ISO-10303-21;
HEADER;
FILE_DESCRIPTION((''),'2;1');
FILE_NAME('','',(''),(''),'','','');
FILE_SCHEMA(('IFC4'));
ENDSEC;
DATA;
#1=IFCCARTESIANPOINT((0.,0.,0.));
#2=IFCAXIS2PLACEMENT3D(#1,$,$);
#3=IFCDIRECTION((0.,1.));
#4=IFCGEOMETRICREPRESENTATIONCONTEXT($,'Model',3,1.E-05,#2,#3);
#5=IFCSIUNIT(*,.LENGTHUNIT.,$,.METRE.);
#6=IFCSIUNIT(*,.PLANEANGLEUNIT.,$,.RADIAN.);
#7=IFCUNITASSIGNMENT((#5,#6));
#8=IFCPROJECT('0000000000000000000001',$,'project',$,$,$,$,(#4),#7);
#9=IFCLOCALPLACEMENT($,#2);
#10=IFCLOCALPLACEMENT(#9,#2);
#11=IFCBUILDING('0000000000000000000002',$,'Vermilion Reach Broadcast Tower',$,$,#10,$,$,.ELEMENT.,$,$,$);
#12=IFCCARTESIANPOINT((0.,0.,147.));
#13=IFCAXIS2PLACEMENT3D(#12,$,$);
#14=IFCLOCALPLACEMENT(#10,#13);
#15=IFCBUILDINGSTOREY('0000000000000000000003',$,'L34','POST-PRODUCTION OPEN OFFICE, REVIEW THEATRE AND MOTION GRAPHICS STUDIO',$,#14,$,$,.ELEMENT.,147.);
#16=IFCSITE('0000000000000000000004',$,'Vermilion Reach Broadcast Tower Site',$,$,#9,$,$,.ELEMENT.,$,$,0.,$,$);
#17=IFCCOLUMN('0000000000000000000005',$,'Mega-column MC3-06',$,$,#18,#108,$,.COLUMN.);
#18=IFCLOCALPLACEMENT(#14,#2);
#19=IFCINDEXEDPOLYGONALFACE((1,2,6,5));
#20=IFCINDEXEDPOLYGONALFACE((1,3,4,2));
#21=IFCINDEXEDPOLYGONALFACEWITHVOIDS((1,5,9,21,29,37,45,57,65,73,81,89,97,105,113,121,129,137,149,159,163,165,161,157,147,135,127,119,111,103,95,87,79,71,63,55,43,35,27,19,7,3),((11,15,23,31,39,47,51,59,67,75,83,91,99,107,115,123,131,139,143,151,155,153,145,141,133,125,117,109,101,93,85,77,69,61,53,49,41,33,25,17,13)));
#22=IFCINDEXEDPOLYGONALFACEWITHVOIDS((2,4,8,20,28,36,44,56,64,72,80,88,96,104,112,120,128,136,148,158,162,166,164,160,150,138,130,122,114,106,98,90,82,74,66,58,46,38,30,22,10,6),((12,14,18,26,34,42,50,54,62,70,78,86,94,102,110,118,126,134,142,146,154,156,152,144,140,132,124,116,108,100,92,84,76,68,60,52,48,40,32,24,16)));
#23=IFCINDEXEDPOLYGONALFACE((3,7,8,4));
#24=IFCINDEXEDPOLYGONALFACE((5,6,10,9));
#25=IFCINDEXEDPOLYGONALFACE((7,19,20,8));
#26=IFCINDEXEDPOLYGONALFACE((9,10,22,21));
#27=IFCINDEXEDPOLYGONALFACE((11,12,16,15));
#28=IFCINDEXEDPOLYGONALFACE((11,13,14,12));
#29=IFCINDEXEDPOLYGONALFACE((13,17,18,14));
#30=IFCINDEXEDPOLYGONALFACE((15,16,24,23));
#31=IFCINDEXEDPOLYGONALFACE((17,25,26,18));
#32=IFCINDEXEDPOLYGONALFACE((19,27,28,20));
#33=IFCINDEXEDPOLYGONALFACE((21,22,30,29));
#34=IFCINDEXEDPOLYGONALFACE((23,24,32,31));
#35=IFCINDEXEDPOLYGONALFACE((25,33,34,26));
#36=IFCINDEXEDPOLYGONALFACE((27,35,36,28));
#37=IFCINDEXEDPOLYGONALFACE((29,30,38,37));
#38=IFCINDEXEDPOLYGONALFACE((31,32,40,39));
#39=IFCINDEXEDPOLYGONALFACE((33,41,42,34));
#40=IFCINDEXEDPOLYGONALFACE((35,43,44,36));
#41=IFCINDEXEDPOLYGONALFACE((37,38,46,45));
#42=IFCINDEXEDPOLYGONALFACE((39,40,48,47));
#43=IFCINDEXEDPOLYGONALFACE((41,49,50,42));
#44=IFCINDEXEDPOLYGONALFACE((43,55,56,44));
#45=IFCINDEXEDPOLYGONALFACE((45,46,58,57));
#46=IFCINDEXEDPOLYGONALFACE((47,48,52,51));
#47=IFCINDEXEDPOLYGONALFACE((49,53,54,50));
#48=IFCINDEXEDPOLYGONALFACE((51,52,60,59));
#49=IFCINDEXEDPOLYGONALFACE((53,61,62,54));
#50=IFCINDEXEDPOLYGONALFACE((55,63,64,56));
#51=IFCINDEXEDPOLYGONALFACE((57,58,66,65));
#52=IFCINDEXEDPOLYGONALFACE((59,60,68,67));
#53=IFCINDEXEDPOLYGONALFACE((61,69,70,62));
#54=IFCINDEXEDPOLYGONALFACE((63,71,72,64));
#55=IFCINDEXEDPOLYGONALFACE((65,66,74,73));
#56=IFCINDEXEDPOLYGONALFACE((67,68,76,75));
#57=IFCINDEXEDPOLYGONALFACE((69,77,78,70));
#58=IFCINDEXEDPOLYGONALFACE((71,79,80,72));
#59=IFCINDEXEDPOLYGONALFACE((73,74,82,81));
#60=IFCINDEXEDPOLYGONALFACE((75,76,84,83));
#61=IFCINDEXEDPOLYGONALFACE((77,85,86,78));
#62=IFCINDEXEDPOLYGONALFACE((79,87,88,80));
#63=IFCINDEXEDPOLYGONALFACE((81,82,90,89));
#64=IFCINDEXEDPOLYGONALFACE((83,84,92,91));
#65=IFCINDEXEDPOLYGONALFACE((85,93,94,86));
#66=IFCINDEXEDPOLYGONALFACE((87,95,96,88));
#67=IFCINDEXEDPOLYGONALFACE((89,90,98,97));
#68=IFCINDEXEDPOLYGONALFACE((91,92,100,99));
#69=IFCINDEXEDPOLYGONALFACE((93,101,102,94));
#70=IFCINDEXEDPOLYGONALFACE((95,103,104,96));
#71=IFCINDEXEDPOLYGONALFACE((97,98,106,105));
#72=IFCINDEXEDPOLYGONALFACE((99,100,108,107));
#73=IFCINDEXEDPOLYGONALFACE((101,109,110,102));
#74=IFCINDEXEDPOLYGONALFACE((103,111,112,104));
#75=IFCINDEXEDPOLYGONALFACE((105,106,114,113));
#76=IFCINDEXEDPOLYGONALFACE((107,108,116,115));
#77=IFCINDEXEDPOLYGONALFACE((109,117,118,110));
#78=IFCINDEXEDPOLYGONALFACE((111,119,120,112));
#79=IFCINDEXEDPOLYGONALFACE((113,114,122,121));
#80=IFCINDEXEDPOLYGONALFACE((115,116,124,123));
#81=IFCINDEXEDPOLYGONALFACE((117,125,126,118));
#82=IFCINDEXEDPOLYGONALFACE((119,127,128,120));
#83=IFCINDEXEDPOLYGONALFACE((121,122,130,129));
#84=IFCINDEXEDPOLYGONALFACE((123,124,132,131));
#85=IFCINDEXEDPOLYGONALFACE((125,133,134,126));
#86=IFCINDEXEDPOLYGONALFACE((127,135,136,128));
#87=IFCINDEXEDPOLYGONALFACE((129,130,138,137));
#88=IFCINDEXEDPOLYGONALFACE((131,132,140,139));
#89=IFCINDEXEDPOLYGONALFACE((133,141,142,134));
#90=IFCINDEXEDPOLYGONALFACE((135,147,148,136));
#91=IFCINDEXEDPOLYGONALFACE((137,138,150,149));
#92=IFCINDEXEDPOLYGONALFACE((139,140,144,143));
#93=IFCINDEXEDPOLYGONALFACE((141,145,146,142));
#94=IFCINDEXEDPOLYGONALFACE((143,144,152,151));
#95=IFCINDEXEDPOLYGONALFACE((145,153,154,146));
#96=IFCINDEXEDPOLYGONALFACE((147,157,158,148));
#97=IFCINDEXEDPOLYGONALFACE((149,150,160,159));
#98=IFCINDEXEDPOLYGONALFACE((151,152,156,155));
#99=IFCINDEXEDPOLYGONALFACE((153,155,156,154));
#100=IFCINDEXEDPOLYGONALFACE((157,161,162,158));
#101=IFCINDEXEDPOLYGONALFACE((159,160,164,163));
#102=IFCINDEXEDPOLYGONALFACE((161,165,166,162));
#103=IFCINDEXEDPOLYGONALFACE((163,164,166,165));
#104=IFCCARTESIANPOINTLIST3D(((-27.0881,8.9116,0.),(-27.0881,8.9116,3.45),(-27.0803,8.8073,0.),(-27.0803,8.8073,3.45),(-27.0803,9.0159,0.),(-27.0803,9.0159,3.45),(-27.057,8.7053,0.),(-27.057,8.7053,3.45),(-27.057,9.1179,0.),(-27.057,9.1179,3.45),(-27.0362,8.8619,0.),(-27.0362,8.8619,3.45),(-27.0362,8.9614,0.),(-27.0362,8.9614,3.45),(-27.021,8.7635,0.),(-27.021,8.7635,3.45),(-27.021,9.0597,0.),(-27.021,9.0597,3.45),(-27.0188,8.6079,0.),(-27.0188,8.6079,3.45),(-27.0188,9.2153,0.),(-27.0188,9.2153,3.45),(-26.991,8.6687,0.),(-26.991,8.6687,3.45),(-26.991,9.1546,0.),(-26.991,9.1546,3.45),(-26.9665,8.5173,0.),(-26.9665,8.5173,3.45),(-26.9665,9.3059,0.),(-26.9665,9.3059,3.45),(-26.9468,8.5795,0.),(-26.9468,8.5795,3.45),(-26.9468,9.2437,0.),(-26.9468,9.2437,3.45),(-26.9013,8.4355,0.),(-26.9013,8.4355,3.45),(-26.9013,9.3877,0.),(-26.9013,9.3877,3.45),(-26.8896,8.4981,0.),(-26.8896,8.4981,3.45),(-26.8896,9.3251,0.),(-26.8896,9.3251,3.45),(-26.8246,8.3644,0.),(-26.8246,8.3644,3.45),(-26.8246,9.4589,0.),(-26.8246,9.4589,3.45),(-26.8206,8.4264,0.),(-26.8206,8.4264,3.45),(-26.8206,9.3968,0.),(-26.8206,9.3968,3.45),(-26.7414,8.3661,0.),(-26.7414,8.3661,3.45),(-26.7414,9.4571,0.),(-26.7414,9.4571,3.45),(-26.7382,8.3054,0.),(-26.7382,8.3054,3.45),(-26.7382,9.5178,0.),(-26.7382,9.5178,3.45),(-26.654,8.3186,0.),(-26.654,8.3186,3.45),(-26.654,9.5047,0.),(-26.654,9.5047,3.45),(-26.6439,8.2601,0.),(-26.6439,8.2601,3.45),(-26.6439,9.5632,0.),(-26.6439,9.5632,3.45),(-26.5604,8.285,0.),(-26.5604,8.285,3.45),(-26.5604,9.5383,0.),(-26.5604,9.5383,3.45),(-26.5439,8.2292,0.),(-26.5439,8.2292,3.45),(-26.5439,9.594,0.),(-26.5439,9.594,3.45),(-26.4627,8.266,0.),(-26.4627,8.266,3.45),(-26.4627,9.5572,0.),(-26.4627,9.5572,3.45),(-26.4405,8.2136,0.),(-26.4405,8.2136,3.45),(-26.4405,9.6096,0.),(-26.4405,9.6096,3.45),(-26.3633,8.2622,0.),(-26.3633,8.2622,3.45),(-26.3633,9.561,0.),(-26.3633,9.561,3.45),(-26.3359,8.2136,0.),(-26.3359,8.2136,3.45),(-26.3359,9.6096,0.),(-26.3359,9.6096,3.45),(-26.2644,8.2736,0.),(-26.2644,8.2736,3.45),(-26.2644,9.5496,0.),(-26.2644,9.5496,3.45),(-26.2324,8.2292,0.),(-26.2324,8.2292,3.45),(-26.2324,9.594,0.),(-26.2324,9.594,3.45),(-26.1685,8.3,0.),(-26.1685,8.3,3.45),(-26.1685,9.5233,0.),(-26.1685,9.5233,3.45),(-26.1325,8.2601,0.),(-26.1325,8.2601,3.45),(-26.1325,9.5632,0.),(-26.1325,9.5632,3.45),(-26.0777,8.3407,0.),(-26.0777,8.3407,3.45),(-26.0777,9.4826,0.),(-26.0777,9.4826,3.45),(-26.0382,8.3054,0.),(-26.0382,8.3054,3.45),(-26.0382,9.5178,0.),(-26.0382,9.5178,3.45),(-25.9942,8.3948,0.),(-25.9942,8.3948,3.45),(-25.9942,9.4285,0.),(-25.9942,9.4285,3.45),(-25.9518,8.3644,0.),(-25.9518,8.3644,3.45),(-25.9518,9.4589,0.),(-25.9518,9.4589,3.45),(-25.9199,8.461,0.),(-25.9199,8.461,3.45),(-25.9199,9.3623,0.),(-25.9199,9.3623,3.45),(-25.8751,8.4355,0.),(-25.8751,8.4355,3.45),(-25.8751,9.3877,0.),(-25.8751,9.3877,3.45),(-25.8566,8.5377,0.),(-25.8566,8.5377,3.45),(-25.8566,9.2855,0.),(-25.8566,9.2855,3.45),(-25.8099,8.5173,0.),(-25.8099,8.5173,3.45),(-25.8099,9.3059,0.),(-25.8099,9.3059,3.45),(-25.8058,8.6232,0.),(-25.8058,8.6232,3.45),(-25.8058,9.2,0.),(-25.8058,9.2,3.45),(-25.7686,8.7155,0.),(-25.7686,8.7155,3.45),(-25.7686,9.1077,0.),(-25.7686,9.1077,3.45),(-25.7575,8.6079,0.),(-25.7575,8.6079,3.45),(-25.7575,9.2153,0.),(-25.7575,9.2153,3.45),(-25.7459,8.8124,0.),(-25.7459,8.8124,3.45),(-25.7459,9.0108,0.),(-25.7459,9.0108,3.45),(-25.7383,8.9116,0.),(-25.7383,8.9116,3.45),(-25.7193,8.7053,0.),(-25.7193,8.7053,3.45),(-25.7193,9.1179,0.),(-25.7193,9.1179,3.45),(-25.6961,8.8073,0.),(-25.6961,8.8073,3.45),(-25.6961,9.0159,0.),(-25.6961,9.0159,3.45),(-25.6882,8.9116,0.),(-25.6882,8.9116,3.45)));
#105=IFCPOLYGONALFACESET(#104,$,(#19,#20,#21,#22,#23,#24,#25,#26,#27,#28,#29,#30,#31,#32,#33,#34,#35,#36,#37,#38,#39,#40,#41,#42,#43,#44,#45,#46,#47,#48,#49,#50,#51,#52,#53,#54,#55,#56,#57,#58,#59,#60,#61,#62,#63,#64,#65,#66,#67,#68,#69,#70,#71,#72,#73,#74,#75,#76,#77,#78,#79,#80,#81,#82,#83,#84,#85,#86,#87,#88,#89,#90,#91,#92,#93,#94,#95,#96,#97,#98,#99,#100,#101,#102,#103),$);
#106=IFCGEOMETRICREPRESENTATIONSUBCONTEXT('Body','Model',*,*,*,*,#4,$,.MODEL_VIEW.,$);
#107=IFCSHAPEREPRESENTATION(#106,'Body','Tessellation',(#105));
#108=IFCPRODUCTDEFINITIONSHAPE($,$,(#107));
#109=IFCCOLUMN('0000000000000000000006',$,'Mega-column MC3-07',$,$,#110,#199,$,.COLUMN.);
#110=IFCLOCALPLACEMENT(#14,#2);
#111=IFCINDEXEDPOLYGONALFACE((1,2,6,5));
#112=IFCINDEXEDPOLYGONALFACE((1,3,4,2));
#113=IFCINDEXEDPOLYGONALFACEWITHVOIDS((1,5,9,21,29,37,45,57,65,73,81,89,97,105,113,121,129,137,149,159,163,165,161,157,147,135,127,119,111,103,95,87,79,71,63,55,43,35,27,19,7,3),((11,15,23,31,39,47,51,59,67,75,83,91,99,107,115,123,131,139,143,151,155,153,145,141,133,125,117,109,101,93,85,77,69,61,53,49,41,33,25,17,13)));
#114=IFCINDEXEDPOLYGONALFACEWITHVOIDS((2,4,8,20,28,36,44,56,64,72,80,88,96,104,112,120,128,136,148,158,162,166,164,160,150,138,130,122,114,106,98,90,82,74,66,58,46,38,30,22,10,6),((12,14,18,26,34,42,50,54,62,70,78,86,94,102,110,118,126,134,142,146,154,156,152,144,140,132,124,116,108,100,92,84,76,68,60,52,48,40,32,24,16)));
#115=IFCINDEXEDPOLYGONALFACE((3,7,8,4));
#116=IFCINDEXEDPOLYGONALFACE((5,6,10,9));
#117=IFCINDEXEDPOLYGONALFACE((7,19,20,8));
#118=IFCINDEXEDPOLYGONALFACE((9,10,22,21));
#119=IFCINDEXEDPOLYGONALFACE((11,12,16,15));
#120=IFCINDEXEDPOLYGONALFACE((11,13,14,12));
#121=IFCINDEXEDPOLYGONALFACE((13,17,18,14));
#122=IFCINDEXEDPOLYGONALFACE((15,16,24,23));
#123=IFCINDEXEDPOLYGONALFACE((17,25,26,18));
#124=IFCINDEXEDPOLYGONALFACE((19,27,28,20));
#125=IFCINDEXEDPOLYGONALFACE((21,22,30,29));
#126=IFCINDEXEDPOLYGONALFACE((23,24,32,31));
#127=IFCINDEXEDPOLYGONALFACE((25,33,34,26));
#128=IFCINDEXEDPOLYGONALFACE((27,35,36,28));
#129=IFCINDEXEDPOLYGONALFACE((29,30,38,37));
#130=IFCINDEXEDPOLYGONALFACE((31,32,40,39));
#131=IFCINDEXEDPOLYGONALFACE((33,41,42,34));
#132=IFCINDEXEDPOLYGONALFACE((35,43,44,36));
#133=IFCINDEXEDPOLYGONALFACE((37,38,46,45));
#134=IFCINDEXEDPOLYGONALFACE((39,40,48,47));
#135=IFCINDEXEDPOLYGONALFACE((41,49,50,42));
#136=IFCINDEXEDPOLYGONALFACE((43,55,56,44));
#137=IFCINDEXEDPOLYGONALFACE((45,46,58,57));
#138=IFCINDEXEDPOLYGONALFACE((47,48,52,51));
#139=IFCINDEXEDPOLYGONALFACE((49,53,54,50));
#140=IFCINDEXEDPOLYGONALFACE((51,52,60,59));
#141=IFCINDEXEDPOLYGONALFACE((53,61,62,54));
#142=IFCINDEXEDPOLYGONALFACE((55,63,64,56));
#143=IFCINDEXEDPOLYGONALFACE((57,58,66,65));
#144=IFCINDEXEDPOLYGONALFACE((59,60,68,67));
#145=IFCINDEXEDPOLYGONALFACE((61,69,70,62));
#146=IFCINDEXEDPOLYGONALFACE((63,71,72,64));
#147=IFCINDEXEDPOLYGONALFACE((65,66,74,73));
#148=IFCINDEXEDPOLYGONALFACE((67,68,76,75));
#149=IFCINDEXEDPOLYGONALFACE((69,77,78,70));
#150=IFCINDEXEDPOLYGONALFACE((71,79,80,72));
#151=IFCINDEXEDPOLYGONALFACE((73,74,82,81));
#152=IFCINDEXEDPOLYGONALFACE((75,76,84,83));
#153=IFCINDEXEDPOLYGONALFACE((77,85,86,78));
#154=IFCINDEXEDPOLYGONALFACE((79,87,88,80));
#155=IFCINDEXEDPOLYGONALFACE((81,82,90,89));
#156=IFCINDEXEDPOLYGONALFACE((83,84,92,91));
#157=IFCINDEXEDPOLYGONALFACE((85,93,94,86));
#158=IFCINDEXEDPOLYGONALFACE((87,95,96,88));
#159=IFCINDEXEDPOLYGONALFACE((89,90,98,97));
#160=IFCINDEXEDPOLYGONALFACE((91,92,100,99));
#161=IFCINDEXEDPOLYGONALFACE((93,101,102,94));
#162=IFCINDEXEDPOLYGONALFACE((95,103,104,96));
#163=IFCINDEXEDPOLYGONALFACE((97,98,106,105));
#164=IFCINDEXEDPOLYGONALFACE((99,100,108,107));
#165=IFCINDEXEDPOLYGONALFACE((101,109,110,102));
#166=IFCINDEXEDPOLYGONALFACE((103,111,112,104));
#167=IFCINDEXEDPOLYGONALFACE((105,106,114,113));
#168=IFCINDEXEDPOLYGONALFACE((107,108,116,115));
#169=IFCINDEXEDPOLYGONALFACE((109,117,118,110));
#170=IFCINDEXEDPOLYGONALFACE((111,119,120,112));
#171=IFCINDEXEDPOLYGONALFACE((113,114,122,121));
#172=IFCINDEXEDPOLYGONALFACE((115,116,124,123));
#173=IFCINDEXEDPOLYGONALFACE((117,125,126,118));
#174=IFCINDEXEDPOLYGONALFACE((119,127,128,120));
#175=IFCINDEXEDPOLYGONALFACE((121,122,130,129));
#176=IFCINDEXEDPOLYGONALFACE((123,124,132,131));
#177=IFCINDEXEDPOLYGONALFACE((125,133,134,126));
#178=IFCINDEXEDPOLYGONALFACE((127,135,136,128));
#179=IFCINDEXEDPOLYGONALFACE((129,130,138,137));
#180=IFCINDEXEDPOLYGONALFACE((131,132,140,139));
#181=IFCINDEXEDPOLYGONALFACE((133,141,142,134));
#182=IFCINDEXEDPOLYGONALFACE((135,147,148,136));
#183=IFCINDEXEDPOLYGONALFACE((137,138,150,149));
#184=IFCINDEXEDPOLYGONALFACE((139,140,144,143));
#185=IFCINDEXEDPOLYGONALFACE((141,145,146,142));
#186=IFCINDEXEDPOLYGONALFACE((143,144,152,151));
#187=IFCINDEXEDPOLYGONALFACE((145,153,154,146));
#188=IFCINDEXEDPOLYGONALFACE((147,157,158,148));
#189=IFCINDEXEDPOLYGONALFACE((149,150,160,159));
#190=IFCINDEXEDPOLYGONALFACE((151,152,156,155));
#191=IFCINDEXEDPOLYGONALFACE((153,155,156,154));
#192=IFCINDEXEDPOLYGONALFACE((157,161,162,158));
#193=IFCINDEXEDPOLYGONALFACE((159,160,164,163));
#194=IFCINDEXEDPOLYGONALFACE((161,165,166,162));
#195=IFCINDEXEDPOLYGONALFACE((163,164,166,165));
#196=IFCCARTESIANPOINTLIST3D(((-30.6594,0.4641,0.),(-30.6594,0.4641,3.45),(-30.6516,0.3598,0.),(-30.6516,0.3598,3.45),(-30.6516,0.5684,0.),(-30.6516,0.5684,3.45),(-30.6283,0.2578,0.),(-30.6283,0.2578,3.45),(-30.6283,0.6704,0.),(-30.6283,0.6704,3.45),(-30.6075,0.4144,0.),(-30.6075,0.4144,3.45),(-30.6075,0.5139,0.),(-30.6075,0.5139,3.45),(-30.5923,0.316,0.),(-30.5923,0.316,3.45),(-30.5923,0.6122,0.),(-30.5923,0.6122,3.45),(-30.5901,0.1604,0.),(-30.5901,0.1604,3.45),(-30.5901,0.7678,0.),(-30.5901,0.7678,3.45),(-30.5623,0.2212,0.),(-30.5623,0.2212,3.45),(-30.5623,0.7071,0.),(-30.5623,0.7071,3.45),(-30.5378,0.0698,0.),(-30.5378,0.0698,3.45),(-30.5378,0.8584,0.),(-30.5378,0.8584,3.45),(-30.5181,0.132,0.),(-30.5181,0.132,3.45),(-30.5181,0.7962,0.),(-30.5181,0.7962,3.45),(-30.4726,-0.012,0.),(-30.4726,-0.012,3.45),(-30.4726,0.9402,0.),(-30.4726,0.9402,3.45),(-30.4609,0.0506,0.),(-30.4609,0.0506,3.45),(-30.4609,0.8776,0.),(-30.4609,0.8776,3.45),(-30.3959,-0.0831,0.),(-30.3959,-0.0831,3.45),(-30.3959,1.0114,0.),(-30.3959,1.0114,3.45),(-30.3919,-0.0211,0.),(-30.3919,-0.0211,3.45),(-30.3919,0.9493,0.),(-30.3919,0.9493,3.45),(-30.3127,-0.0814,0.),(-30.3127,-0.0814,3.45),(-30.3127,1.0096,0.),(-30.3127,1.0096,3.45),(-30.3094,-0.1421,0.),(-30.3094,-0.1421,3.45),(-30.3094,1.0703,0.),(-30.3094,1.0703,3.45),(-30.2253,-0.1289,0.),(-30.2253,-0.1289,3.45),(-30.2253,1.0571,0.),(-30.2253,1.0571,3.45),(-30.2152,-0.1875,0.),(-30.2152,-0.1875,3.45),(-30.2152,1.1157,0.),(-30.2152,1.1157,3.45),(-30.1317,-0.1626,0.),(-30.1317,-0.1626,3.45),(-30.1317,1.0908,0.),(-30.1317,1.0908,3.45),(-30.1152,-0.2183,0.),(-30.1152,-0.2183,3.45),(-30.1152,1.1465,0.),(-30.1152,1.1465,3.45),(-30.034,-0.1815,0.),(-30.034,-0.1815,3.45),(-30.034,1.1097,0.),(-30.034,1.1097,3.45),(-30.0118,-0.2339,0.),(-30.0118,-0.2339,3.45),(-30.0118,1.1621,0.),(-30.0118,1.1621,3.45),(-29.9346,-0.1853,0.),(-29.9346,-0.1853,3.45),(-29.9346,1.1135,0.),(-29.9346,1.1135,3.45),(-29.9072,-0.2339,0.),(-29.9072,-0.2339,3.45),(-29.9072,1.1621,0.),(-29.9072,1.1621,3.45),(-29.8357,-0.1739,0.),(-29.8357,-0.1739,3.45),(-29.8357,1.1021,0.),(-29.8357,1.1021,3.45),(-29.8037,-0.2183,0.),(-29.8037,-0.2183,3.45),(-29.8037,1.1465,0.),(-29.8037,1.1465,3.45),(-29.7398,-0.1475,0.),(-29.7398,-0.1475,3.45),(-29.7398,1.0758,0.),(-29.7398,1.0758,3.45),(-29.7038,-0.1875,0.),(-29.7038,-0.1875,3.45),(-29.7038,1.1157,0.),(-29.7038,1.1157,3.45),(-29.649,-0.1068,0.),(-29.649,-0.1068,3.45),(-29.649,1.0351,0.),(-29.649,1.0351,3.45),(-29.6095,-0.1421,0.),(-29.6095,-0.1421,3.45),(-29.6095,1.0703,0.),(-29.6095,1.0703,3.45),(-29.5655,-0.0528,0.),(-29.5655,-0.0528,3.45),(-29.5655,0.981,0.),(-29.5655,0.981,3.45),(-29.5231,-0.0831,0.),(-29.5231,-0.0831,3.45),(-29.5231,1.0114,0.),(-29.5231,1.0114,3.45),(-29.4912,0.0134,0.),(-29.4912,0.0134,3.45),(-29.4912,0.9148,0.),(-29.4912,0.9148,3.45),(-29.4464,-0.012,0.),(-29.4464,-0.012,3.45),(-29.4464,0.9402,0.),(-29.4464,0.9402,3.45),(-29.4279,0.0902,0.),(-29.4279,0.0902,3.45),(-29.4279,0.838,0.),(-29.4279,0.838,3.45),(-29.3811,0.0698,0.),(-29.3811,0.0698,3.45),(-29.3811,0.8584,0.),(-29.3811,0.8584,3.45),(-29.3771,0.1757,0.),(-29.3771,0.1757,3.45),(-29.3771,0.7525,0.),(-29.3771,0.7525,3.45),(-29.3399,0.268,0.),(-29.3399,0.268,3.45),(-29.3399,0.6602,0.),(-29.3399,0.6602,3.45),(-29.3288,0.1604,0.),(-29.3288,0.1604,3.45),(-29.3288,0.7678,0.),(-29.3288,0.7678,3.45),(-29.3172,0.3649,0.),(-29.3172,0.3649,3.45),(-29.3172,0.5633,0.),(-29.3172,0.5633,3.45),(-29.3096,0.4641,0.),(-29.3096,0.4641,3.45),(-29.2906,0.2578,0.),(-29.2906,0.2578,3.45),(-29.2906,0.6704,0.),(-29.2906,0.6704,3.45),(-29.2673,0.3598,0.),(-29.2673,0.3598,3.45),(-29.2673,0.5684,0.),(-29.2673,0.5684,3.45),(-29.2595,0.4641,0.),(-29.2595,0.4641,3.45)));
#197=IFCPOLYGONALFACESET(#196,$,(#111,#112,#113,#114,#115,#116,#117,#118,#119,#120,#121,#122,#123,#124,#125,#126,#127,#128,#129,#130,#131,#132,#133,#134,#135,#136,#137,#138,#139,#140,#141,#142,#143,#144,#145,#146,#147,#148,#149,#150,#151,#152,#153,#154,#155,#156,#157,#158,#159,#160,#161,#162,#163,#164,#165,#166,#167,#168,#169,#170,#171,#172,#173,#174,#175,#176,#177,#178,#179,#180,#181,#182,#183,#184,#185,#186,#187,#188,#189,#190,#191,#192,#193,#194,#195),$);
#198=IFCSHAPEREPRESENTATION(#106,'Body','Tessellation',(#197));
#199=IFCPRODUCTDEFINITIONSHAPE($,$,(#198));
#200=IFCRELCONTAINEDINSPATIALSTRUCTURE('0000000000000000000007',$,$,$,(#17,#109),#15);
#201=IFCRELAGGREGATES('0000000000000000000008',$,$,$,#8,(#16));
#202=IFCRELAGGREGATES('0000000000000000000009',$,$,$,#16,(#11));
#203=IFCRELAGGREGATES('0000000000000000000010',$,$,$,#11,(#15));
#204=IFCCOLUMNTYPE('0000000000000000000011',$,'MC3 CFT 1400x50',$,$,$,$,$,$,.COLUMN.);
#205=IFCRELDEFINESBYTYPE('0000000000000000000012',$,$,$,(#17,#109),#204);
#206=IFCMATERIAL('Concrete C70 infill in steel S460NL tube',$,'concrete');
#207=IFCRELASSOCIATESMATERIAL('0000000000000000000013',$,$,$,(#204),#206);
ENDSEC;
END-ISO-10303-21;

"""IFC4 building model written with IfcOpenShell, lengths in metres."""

from ifc_helpers import new_model, si_unit, direction, frame, origin, origin_2d, place, context, subcontext, project, spatial, hollow_circle, extrude, material, material_profile, profile_set, type_object, element, save


model = new_model("IFC4")

# Units and contexts
model_context = context("Model", 3, precision=1e-05, world=origin(), true_north=direction((0.0, 1.0)))
body_context = subcontext(model_context, "Body", "Model", "MODEL_VIEW")
ifc_project = project(units=[si_unit("LENGTHUNIT", "METRE"), si_unit("PLANEANGLEUNIT", "RADIAN")], contexts=[model_context])

# Site, building, storey
site_placement = place(None, origin())
site = spatial("IfcSite", under=ifc_project, at=site_placement, Name="Vermilion Reach Broadcast Tower Site", CompositionType="ELEMENT", RefElevation=0.0)
building_placement = place(site_placement, origin())
building = spatial("IfcBuilding", under=site, at=building_placement, Name="Vermilion Reach Broadcast Tower", CompositionType="ELEMENT")
storey_placement = place(building_placement, frame((0.0, 0.0, 147.0)))
storey = spatial("IfcBuildingStorey", under=building, at=storey_placement, Name="L34", Description="POST-PRODUCTION OPEN OFFICE, REVIEW THEATRE AND MOTION GRAPHICS STUDIO", CompositionType="ELEMENT", Elevation=147.0)

# Columns
ifc_material_1 = material(Name="Concrete C70 infill in steel S460NL tube", Category="concrete")
ifc_material_profile_1 = material_profile(ifc_material_1, hollow_circle(Radius=0.7, WallThickness=0.05, at=origin_2d()), Name="Concrete C70 infill in steel S460NL tube CFT 1400x50")
ifc_profile_set_1 = profile_set([ifc_material_profile_1], Name="Concrete C70 infill in steel S460NL tube")
column_type = type_object("IfcColumnType", Name="MC3 CFT 1400x50", PredefinedType="COLUMN", material=ifc_profile_set_1)
for number, where, z_axis, x_axis, name in (
    (1, (-26.3882, 8.9116, 0.0), (0.0, 0.0, 1.0), (1.0, 0.0, 0.0), "Mega-column MC3-06"),
    (2, (-29.9595, 0.4641, 0.0), (0.0, 0.0, 1.0), (1.0, 0.0, 0.0), "Mega-column MC3-07"),
):
    element("IfcColumn", number, at=place(storey_placement, frame(where, z_axis=z_axis, x_axis=x_axis)), inside=storey, type_object=column_type, Name=name, PredefinedType="COLUMN", context=body_context, shape_type="SweptSolid", body=[
        extrude(hollow_circle(Radius=0.7, WallThickness=0.05, at=origin_2d()), origin(), (0.0, 0.0, 1.0), 3.45),
    ])

save(model, "model.ifc")
